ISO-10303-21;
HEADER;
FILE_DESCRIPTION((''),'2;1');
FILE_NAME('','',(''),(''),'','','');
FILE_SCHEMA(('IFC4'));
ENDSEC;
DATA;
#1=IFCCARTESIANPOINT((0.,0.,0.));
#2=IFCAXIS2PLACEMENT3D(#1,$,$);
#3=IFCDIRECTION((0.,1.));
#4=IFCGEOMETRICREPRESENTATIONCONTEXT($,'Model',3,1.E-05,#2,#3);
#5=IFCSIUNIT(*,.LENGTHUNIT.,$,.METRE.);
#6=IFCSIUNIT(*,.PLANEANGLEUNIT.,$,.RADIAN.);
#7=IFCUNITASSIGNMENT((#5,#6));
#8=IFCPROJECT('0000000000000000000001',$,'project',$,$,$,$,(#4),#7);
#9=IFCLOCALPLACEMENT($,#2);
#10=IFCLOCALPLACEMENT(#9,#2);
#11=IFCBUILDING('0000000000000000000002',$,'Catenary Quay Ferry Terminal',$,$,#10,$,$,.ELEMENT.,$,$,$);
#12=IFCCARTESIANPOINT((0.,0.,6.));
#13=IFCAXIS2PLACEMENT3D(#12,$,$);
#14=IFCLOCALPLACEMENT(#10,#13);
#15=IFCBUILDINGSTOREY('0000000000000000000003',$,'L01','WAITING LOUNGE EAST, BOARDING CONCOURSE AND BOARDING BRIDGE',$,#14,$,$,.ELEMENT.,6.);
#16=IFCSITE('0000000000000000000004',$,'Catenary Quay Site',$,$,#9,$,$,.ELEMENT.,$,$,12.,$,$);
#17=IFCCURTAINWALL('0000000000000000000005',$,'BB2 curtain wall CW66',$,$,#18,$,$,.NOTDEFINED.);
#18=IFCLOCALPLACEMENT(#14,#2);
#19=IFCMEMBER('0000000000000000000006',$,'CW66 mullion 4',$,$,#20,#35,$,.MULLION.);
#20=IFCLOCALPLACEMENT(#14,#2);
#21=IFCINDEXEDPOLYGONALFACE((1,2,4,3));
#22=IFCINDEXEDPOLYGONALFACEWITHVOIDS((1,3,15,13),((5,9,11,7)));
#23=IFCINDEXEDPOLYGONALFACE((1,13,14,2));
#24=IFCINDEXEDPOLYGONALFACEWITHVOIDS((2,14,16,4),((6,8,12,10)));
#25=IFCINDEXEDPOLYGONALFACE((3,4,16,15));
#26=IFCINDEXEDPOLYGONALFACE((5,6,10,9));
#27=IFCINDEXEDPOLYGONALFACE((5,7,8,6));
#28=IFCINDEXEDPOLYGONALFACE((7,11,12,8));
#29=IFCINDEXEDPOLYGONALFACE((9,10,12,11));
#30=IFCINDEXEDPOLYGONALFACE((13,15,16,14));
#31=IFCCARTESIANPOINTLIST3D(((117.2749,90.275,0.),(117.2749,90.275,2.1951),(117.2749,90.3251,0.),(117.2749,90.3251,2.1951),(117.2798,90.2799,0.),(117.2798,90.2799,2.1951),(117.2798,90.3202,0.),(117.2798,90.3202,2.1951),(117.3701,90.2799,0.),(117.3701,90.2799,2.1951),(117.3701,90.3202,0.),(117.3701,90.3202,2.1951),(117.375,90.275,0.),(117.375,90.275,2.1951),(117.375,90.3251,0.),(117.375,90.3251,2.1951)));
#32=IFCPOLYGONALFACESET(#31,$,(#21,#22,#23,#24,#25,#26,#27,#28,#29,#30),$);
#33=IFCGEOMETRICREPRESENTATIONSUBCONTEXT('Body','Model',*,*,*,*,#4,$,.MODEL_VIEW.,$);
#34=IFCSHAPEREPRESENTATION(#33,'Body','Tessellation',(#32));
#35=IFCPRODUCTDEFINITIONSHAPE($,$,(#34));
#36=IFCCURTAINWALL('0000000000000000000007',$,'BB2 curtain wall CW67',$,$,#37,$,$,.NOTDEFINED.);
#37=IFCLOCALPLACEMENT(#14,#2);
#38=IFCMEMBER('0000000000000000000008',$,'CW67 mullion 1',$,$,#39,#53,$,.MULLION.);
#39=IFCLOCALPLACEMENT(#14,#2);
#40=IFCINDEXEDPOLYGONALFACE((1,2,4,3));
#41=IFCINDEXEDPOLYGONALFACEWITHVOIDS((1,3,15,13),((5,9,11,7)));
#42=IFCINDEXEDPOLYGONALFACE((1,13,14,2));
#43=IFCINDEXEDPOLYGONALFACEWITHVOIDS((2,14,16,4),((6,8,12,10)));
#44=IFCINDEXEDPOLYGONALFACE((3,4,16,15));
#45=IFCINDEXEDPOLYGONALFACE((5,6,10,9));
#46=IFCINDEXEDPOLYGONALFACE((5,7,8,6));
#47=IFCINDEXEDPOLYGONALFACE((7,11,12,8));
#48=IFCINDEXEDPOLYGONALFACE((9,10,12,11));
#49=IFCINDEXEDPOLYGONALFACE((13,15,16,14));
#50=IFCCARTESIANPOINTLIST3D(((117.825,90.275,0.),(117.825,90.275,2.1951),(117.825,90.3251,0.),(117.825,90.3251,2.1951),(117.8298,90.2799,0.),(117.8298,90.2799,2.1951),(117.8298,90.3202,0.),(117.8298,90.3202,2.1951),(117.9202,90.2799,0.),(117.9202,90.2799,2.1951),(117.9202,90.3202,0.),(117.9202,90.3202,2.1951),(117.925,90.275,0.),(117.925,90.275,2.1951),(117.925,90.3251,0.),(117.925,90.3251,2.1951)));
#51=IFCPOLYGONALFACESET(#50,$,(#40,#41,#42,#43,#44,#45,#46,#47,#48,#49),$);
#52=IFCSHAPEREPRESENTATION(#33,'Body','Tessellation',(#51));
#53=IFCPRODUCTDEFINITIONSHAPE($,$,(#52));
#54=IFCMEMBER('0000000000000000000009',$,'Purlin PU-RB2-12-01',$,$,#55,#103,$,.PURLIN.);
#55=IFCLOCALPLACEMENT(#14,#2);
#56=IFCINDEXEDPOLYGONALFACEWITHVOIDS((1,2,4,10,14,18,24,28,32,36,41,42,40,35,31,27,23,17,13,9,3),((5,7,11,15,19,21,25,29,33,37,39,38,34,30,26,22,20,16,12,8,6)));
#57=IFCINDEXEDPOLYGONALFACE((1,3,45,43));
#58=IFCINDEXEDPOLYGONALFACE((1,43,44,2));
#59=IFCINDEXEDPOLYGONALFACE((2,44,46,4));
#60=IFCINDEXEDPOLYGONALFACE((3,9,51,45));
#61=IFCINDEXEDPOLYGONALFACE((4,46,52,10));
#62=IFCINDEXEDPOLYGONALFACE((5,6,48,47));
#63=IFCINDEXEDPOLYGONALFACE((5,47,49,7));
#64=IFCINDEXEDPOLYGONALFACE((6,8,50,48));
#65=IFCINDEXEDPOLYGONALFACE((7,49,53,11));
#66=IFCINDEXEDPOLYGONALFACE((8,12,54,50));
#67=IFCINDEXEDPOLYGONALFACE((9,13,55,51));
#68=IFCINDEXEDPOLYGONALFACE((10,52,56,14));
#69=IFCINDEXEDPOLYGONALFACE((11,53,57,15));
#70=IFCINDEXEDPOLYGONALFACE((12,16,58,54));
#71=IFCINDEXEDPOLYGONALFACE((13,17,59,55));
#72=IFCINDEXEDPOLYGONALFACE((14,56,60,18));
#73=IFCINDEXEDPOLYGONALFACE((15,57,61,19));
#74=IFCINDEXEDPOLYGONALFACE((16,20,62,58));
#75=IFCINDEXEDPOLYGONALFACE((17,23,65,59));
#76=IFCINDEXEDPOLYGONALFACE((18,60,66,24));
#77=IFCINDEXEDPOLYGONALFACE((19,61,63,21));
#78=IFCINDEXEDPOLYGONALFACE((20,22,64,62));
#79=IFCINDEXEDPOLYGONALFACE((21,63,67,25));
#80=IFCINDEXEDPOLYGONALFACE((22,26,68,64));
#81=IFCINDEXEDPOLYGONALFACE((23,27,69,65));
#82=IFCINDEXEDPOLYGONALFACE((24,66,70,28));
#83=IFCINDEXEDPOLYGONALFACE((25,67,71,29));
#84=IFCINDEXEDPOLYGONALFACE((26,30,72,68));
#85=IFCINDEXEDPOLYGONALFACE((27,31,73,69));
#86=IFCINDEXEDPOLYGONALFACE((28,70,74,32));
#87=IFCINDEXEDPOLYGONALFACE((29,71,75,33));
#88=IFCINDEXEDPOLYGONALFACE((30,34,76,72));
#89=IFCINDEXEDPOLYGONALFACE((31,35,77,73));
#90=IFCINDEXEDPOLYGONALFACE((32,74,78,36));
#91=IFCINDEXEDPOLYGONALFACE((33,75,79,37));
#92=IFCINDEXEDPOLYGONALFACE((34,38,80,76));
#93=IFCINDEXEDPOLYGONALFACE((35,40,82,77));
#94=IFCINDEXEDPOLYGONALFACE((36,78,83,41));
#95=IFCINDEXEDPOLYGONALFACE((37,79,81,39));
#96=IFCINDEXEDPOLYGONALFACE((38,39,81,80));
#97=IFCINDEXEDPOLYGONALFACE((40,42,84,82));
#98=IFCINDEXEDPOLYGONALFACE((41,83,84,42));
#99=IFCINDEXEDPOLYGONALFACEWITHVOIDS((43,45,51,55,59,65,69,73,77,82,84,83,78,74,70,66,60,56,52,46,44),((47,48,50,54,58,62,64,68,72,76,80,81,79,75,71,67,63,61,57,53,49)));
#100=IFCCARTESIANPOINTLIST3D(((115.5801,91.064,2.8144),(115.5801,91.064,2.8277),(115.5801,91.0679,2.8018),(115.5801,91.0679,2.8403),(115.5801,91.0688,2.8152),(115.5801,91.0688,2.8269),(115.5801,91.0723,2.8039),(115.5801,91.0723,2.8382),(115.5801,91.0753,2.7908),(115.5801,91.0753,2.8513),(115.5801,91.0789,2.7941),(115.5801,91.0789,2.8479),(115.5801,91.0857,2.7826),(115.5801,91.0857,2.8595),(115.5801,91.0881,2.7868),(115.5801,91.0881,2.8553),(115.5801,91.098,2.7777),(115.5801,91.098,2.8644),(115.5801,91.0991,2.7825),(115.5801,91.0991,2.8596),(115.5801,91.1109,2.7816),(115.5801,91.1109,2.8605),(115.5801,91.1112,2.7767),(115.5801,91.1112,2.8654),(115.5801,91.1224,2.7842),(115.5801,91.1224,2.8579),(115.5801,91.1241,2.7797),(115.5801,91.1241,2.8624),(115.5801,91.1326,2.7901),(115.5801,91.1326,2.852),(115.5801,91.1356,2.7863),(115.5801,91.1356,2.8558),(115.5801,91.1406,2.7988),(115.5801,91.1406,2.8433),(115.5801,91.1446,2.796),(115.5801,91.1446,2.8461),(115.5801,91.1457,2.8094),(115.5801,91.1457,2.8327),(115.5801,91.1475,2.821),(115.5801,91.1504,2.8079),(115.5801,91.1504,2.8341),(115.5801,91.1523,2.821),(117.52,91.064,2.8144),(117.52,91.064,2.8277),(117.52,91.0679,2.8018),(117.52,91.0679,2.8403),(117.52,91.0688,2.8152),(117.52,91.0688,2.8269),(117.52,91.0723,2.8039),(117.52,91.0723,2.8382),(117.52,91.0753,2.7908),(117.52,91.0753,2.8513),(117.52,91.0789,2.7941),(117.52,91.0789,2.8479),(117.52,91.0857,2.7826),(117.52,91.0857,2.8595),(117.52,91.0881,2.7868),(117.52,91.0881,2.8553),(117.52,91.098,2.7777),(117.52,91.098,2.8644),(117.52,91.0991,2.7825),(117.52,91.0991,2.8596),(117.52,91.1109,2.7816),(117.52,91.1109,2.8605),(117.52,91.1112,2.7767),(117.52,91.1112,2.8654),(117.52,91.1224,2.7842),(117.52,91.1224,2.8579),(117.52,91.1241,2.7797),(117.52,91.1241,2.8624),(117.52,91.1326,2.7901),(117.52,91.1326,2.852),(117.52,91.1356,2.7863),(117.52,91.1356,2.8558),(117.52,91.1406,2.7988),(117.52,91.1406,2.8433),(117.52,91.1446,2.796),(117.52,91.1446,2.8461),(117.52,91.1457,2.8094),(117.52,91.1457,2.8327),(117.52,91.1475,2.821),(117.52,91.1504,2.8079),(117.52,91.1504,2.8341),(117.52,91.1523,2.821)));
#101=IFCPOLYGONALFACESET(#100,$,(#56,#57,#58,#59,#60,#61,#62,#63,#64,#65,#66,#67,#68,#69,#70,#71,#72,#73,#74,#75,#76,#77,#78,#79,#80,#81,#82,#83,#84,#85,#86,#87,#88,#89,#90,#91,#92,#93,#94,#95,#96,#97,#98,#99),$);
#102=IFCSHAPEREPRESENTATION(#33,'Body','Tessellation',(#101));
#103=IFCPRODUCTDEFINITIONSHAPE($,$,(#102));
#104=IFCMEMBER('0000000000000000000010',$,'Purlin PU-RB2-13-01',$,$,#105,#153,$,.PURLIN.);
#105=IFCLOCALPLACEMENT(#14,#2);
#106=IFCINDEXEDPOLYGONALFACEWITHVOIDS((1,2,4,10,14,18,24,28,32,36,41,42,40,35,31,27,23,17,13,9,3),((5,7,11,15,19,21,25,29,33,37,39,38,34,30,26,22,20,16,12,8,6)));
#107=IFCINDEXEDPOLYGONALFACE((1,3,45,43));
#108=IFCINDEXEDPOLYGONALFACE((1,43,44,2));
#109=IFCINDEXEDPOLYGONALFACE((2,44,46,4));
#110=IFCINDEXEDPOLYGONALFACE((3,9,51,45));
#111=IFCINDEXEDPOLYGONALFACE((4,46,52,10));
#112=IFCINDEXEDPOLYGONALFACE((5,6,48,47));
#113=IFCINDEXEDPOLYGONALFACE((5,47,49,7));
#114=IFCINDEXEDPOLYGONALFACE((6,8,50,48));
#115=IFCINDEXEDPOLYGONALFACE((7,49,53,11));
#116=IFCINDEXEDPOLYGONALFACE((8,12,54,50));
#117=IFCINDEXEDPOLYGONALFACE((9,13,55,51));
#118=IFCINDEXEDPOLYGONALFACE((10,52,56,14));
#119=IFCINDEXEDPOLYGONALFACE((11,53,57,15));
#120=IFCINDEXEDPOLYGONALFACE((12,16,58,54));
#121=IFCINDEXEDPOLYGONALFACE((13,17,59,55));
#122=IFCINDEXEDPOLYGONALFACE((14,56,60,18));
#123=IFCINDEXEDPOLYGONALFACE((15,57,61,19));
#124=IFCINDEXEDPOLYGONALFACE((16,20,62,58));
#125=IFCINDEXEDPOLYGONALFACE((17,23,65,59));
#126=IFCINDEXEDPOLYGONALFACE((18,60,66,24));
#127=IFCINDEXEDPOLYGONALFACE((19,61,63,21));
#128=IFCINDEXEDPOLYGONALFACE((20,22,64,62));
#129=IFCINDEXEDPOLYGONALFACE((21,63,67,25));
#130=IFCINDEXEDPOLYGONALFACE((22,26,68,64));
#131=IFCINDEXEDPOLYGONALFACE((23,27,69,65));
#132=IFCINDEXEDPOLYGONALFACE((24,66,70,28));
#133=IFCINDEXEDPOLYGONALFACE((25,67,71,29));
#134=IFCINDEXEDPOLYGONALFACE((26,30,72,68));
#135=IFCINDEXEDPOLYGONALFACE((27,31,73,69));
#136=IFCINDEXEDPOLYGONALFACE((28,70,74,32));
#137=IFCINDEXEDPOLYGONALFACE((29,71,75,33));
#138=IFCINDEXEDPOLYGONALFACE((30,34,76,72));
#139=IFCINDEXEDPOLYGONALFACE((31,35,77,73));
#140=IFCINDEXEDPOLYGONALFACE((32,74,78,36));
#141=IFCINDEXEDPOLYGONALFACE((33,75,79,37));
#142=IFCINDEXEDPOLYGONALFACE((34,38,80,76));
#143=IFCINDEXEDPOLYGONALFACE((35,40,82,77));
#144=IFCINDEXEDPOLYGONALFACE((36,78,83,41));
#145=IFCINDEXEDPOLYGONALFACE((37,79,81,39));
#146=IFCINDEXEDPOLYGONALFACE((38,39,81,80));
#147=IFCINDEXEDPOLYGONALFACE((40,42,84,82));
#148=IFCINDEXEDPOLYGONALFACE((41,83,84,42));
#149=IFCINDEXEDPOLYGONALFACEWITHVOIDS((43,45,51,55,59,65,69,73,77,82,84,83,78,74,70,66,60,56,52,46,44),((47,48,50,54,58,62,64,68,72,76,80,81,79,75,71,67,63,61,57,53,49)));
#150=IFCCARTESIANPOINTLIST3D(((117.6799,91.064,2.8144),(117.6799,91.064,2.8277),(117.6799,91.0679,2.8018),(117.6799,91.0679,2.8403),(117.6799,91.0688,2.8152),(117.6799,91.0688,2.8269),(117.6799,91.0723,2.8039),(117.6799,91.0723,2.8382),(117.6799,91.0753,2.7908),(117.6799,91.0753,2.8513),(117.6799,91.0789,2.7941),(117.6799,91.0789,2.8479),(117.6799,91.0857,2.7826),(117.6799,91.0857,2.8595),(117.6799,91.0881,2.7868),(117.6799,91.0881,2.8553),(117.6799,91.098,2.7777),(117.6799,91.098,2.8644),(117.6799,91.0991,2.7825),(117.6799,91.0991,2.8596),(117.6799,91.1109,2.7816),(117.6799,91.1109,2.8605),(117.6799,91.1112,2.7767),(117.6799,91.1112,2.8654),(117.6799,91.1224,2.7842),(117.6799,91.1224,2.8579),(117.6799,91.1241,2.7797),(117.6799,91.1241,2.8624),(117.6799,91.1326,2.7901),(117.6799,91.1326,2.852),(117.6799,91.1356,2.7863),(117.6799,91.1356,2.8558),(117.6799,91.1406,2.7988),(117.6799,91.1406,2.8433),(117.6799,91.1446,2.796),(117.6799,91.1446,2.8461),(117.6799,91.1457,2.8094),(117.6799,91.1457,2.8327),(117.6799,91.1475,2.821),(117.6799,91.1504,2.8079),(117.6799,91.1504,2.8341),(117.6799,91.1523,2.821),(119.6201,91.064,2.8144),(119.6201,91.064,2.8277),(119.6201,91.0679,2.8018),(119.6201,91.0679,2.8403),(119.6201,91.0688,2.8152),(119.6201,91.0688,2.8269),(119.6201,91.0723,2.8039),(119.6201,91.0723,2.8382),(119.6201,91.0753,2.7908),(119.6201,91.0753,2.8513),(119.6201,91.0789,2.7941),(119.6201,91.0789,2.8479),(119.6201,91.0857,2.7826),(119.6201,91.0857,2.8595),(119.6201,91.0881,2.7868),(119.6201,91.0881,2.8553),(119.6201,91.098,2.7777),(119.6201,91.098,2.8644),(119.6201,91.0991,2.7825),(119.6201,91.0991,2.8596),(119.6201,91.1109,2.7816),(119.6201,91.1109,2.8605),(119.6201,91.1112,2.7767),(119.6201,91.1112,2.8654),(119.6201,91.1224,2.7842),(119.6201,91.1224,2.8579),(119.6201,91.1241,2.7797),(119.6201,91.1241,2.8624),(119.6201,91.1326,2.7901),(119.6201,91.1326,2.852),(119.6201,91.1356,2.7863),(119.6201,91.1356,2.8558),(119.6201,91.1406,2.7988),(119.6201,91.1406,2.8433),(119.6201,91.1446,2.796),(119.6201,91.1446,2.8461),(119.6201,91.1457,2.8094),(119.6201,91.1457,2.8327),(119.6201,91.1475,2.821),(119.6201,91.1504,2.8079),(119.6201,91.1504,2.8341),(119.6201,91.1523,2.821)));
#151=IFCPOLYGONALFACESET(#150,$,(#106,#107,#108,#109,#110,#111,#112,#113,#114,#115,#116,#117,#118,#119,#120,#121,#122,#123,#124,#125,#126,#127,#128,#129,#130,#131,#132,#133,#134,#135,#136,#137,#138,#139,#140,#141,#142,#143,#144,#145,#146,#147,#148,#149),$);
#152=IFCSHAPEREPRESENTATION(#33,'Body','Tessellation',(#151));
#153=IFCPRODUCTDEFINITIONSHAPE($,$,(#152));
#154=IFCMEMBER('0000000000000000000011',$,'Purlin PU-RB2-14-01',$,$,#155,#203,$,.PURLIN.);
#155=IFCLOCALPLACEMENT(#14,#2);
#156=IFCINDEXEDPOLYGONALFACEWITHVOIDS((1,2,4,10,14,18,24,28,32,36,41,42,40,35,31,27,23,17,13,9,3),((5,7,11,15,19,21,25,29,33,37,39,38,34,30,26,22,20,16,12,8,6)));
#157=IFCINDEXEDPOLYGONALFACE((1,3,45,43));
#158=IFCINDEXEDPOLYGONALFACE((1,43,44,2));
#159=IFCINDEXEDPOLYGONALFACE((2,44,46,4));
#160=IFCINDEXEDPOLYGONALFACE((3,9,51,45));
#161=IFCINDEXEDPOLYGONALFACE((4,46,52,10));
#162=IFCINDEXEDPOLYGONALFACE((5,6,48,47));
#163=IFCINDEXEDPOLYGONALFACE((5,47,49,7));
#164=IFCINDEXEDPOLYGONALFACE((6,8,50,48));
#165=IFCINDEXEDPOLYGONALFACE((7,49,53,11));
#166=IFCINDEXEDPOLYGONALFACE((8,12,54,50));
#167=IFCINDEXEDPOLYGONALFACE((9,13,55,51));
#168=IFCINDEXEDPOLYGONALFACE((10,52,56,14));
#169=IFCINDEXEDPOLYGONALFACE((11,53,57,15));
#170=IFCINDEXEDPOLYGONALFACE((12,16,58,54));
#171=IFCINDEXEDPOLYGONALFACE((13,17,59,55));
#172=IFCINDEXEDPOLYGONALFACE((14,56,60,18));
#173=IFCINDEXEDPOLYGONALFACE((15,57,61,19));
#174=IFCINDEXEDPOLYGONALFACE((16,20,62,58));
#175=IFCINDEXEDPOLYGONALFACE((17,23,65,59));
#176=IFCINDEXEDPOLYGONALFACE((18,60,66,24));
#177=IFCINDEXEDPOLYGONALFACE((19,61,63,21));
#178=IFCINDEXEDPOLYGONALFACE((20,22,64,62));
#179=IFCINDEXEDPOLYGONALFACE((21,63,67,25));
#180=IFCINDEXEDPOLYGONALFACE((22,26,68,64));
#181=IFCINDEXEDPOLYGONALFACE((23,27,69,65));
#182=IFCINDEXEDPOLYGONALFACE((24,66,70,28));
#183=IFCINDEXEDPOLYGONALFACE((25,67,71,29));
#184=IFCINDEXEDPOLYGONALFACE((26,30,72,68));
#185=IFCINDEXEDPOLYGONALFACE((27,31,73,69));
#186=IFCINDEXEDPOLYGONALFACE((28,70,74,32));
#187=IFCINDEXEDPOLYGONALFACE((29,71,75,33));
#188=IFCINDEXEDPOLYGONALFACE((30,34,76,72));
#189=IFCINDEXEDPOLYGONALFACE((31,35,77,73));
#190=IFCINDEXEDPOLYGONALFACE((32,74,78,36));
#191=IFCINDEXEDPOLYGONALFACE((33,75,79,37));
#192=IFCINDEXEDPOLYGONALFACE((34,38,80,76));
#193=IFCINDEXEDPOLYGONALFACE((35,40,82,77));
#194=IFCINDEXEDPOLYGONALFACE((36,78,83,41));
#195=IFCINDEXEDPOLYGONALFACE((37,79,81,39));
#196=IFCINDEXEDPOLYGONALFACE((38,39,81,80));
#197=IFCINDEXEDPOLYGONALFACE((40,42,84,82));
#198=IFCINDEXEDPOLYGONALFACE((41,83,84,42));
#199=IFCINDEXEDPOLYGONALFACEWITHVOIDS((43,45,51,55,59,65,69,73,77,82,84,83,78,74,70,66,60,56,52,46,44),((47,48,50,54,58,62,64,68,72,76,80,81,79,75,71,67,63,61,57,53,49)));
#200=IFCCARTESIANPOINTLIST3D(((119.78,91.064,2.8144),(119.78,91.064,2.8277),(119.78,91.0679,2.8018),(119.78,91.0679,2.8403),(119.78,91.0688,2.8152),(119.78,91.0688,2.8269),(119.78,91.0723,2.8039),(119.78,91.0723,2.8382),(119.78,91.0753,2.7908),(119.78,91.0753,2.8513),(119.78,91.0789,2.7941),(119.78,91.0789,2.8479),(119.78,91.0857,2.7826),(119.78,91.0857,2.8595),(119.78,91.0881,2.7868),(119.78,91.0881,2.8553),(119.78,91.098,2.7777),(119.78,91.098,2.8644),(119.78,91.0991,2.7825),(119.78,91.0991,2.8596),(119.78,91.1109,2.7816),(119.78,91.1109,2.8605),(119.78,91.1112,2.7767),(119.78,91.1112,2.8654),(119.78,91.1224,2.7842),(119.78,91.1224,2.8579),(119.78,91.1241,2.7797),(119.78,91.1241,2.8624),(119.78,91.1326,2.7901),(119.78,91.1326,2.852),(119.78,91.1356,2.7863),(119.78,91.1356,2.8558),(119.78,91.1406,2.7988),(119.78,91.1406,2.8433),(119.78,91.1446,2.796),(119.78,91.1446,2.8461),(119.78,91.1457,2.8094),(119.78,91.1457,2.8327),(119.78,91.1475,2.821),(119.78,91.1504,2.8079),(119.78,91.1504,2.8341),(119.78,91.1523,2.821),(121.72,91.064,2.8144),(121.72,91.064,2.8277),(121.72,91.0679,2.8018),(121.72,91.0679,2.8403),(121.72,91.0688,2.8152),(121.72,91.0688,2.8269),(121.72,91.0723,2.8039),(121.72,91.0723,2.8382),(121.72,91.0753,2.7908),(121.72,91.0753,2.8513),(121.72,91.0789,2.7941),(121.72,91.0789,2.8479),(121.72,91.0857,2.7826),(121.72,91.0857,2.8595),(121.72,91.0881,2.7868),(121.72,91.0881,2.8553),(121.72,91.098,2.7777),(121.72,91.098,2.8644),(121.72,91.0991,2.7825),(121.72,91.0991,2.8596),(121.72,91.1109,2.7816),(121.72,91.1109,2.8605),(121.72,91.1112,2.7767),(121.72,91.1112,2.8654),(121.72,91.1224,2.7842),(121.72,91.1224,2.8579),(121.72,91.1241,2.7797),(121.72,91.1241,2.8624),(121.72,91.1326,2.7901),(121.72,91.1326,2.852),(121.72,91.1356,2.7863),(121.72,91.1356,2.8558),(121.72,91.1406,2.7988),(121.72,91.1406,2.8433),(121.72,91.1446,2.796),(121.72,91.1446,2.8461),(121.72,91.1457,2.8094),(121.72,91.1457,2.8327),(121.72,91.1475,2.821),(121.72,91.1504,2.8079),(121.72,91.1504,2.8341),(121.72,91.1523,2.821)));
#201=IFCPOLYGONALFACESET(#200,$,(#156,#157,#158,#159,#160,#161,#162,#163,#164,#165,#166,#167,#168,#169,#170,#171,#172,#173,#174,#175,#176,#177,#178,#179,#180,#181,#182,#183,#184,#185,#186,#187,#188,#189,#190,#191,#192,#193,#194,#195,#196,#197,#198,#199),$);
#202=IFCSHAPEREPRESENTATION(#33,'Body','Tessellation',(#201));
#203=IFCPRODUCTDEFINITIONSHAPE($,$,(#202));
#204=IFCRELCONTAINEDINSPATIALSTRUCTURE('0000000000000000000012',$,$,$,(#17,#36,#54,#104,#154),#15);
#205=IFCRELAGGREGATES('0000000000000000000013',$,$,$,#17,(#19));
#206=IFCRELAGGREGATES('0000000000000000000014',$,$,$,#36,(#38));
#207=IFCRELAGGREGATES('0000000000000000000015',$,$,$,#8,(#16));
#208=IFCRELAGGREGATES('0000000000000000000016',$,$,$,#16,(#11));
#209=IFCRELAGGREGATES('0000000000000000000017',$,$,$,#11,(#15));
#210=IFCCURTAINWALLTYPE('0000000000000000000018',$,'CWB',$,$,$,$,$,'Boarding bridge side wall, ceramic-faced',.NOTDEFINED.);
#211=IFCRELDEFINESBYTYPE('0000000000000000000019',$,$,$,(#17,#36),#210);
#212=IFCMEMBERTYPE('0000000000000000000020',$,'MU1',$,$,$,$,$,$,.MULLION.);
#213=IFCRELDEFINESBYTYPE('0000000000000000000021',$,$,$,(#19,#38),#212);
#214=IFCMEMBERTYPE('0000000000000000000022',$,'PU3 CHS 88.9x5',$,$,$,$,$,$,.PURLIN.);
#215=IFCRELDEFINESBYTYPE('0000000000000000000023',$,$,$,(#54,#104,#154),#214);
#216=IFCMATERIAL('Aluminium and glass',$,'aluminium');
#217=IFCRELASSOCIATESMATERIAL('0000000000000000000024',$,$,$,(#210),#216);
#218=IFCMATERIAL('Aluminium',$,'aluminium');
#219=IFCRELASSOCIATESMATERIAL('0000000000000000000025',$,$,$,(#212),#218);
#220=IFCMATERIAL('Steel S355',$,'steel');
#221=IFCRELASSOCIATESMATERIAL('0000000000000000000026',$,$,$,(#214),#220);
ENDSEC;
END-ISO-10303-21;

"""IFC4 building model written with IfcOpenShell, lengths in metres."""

from ifc_helpers import new_model, si_unit, direction, frame, origin, origin_2d, place, context, subcontext, project, spatial, hollow_rectangle, hollow_circle, extrude, material, material_profile, profile_set, type_object, element, aggregate, save


model = new_model("IFC4")

# Units and contexts
model_context = context("Model", 3, precision=1e-05, world=origin(), true_north=direction((0.0, 1.0)))
body_context = subcontext(model_context, "Body", "Model", "MODEL_VIEW")
ifc_project = project(units=[si_unit("LENGTHUNIT", "METRE"), si_unit("PLANEANGLEUNIT", "RADIAN")], contexts=[model_context])

# Site, building, storey
site_placement = place(None, origin())
site = spatial("IfcSite", under=ifc_project, at=site_placement, Name="Catenary Quay Site", CompositionType="ELEMENT", RefElevation=12.0)
building_placement = place(site_placement, origin())
building = spatial("IfcBuilding", under=site, at=building_placement, Name="Catenary Quay Ferry Terminal", CompositionType="ELEMENT")
storey_placement = place(building_placement, frame((0.0, 0.0, 6.0)))
storey = spatial("IfcBuildingStorey", under=building, at=storey_placement, Name="L01", Description="WAITING LOUNGE EAST, BOARDING CONCOURSE AND BOARDING BRIDGE", CompositionType="ELEMENT", Elevation=6.0)

# Curtain walls, members
ifc_material_1 = material(Name="Aluminium and glass", Category="aluminium")
curtain_wall_type = type_object("IfcCurtainWallType", Name="CWB", ElementType="Boarding bridge side wall, ceramic-faced", PredefinedType="NOTDEFINED", material=ifc_material_1)
curtain_wall_1_placement = place(storey_placement, origin())
curtain_wall_1 = element("IfcCurtainWall", 1, at=curtain_wall_1_placement, inside=storey, type_object=curtain_wall_type, Name="BB2 curtain wall CW66", PredefinedType="NOTDEFINED")
ifc_material_2 = material(Name="Aluminium", Category="aluminium")
ifc_material_profile_1 = material_profile(ifc_material_2, hollow_rectangle(XDim=0.05, YDim=0.1001, WallThickness=0.0049, at=origin_2d()), Name="MU1")
ifc_profile_set_1 = profile_set([ifc_material_profile_1], Name="Aluminium")
member_type_1 = type_object("IfcMemberType", Name="MU1", PredefinedType="MULLION", material=ifc_profile_set_1)
member_1_placement = place(storey_placement, frame((117.325, 90.3, 0.0), z_axis=(0.0, 0.0, 1.0), x_axis=(0.0, 1.0, 0.0)))
member_1 = element("IfcMember", 2, at=member_1_placement, type_object=member_type_1, Name="CW66 mullion 4", PredefinedType="MULLION", context=body_context, shape_type="SweptSolid", body=[
    extrude(hollow_rectangle(XDim=0.05, YDim=0.1001, WallThickness=0.0049, at=origin_2d()), origin(), (0.0, 0.0, 1.0), 2.1951),
])
curtain_wall_2_placement = place(storey_placement, origin())
curtain_wall_2 = element("IfcCurtainWall", 3, at=curtain_wall_2_placement, inside=storey, type_object=curtain_wall_type, Name="BB2 curtain wall CW67", PredefinedType="NOTDEFINED")
member_2_placement = place(storey_placement, frame((117.875, 90.3, 0.0), z_axis=(0.0, 0.0, 1.0), x_axis=(0.0, 1.0, 0.0)))
member_2 = element("IfcMember", 4, at=member_2_placement, type_object=member_type_1, Name="CW67 mullion 1", PredefinedType="MULLION", context=body_context, shape_type="SweptSolid", body=[
    extrude(hollow_rectangle(XDim=0.05, YDim=0.1001, WallThickness=0.0049, at=origin_2d()), origin(), (0.0, 0.0, 1.0), 2.1951),
])

# Members
ifc_material_3 = material(Name="Steel S355", Category="steel")
ifc_material_profile_2 = material_profile(ifc_material_3, hollow_circle(Radius=0.0444, WallThickness=0.0049, at=origin_2d()), Name="CHS 88.9x5")
ifc_profile_set_2 = profile_set([ifc_material_profile_2], Name="Steel S355")
member_type_2 = type_object("IfcMemberType", Name="PU3 CHS 88.9x5", PredefinedType="PURLIN", material=ifc_profile_set_2)
member_3_placement = place(storey_placement, frame((115.5801, 91.1079, 2.821), z_axis=(1.0, 0.0, 0.0), x_axis=(0.0, 1.0, 0.0)))
element("IfcMember", 5, at=member_3_placement, inside=storey, type_object=member_type_2, Name="Purlin PU-RB2-12-01", PredefinedType="PURLIN", context=body_context, shape_type="SweptSolid", body=[
    extrude(hollow_circle(Radius=0.0444, WallThickness=0.0049, at=origin_2d()), origin(), (0.0, 0.0, 1.0), 1.9399),
])
member_4_placement = place(storey_placement, frame((117.6799, 91.1079, 2.821), z_axis=(1.0, 0.0, 0.0), x_axis=(0.0, 1.0, 0.0)))
element("IfcMember", 6, at=member_4_placement, inside=storey, type_object=member_type_2, Name="Purlin PU-RB2-13-01", PredefinedType="PURLIN", context=body_context, shape_type="SweptSolid", body=[
    extrude(hollow_circle(Radius=0.0444, WallThickness=0.0049, at=origin_2d()), origin(), (0.0, 0.0, 1.0), 1.9402),
])
member_5_placement = place(storey_placement, frame((119.78, 91.1079, 2.821), z_axis=(1.0, 0.0, 0.0), x_axis=(0.0, 1.0, 0.0)))
element("IfcMember", 7, at=member_5_placement, inside=storey, type_object=member_type_2, Name="Purlin PU-RB2-14-01", PredefinedType="PURLIN", context=body_context, shape_type="SweptSolid", body=[
    extrude(hollow_circle(Radius=0.0444, WallThickness=0.0049, at=origin_2d()), origin(), (0.0, 0.0, 1.0), 1.9399),
])

aggregate(curtain_wall_1, [member_1])
aggregate(curtain_wall_2, [member_2])

save(model, "model.ifc")
